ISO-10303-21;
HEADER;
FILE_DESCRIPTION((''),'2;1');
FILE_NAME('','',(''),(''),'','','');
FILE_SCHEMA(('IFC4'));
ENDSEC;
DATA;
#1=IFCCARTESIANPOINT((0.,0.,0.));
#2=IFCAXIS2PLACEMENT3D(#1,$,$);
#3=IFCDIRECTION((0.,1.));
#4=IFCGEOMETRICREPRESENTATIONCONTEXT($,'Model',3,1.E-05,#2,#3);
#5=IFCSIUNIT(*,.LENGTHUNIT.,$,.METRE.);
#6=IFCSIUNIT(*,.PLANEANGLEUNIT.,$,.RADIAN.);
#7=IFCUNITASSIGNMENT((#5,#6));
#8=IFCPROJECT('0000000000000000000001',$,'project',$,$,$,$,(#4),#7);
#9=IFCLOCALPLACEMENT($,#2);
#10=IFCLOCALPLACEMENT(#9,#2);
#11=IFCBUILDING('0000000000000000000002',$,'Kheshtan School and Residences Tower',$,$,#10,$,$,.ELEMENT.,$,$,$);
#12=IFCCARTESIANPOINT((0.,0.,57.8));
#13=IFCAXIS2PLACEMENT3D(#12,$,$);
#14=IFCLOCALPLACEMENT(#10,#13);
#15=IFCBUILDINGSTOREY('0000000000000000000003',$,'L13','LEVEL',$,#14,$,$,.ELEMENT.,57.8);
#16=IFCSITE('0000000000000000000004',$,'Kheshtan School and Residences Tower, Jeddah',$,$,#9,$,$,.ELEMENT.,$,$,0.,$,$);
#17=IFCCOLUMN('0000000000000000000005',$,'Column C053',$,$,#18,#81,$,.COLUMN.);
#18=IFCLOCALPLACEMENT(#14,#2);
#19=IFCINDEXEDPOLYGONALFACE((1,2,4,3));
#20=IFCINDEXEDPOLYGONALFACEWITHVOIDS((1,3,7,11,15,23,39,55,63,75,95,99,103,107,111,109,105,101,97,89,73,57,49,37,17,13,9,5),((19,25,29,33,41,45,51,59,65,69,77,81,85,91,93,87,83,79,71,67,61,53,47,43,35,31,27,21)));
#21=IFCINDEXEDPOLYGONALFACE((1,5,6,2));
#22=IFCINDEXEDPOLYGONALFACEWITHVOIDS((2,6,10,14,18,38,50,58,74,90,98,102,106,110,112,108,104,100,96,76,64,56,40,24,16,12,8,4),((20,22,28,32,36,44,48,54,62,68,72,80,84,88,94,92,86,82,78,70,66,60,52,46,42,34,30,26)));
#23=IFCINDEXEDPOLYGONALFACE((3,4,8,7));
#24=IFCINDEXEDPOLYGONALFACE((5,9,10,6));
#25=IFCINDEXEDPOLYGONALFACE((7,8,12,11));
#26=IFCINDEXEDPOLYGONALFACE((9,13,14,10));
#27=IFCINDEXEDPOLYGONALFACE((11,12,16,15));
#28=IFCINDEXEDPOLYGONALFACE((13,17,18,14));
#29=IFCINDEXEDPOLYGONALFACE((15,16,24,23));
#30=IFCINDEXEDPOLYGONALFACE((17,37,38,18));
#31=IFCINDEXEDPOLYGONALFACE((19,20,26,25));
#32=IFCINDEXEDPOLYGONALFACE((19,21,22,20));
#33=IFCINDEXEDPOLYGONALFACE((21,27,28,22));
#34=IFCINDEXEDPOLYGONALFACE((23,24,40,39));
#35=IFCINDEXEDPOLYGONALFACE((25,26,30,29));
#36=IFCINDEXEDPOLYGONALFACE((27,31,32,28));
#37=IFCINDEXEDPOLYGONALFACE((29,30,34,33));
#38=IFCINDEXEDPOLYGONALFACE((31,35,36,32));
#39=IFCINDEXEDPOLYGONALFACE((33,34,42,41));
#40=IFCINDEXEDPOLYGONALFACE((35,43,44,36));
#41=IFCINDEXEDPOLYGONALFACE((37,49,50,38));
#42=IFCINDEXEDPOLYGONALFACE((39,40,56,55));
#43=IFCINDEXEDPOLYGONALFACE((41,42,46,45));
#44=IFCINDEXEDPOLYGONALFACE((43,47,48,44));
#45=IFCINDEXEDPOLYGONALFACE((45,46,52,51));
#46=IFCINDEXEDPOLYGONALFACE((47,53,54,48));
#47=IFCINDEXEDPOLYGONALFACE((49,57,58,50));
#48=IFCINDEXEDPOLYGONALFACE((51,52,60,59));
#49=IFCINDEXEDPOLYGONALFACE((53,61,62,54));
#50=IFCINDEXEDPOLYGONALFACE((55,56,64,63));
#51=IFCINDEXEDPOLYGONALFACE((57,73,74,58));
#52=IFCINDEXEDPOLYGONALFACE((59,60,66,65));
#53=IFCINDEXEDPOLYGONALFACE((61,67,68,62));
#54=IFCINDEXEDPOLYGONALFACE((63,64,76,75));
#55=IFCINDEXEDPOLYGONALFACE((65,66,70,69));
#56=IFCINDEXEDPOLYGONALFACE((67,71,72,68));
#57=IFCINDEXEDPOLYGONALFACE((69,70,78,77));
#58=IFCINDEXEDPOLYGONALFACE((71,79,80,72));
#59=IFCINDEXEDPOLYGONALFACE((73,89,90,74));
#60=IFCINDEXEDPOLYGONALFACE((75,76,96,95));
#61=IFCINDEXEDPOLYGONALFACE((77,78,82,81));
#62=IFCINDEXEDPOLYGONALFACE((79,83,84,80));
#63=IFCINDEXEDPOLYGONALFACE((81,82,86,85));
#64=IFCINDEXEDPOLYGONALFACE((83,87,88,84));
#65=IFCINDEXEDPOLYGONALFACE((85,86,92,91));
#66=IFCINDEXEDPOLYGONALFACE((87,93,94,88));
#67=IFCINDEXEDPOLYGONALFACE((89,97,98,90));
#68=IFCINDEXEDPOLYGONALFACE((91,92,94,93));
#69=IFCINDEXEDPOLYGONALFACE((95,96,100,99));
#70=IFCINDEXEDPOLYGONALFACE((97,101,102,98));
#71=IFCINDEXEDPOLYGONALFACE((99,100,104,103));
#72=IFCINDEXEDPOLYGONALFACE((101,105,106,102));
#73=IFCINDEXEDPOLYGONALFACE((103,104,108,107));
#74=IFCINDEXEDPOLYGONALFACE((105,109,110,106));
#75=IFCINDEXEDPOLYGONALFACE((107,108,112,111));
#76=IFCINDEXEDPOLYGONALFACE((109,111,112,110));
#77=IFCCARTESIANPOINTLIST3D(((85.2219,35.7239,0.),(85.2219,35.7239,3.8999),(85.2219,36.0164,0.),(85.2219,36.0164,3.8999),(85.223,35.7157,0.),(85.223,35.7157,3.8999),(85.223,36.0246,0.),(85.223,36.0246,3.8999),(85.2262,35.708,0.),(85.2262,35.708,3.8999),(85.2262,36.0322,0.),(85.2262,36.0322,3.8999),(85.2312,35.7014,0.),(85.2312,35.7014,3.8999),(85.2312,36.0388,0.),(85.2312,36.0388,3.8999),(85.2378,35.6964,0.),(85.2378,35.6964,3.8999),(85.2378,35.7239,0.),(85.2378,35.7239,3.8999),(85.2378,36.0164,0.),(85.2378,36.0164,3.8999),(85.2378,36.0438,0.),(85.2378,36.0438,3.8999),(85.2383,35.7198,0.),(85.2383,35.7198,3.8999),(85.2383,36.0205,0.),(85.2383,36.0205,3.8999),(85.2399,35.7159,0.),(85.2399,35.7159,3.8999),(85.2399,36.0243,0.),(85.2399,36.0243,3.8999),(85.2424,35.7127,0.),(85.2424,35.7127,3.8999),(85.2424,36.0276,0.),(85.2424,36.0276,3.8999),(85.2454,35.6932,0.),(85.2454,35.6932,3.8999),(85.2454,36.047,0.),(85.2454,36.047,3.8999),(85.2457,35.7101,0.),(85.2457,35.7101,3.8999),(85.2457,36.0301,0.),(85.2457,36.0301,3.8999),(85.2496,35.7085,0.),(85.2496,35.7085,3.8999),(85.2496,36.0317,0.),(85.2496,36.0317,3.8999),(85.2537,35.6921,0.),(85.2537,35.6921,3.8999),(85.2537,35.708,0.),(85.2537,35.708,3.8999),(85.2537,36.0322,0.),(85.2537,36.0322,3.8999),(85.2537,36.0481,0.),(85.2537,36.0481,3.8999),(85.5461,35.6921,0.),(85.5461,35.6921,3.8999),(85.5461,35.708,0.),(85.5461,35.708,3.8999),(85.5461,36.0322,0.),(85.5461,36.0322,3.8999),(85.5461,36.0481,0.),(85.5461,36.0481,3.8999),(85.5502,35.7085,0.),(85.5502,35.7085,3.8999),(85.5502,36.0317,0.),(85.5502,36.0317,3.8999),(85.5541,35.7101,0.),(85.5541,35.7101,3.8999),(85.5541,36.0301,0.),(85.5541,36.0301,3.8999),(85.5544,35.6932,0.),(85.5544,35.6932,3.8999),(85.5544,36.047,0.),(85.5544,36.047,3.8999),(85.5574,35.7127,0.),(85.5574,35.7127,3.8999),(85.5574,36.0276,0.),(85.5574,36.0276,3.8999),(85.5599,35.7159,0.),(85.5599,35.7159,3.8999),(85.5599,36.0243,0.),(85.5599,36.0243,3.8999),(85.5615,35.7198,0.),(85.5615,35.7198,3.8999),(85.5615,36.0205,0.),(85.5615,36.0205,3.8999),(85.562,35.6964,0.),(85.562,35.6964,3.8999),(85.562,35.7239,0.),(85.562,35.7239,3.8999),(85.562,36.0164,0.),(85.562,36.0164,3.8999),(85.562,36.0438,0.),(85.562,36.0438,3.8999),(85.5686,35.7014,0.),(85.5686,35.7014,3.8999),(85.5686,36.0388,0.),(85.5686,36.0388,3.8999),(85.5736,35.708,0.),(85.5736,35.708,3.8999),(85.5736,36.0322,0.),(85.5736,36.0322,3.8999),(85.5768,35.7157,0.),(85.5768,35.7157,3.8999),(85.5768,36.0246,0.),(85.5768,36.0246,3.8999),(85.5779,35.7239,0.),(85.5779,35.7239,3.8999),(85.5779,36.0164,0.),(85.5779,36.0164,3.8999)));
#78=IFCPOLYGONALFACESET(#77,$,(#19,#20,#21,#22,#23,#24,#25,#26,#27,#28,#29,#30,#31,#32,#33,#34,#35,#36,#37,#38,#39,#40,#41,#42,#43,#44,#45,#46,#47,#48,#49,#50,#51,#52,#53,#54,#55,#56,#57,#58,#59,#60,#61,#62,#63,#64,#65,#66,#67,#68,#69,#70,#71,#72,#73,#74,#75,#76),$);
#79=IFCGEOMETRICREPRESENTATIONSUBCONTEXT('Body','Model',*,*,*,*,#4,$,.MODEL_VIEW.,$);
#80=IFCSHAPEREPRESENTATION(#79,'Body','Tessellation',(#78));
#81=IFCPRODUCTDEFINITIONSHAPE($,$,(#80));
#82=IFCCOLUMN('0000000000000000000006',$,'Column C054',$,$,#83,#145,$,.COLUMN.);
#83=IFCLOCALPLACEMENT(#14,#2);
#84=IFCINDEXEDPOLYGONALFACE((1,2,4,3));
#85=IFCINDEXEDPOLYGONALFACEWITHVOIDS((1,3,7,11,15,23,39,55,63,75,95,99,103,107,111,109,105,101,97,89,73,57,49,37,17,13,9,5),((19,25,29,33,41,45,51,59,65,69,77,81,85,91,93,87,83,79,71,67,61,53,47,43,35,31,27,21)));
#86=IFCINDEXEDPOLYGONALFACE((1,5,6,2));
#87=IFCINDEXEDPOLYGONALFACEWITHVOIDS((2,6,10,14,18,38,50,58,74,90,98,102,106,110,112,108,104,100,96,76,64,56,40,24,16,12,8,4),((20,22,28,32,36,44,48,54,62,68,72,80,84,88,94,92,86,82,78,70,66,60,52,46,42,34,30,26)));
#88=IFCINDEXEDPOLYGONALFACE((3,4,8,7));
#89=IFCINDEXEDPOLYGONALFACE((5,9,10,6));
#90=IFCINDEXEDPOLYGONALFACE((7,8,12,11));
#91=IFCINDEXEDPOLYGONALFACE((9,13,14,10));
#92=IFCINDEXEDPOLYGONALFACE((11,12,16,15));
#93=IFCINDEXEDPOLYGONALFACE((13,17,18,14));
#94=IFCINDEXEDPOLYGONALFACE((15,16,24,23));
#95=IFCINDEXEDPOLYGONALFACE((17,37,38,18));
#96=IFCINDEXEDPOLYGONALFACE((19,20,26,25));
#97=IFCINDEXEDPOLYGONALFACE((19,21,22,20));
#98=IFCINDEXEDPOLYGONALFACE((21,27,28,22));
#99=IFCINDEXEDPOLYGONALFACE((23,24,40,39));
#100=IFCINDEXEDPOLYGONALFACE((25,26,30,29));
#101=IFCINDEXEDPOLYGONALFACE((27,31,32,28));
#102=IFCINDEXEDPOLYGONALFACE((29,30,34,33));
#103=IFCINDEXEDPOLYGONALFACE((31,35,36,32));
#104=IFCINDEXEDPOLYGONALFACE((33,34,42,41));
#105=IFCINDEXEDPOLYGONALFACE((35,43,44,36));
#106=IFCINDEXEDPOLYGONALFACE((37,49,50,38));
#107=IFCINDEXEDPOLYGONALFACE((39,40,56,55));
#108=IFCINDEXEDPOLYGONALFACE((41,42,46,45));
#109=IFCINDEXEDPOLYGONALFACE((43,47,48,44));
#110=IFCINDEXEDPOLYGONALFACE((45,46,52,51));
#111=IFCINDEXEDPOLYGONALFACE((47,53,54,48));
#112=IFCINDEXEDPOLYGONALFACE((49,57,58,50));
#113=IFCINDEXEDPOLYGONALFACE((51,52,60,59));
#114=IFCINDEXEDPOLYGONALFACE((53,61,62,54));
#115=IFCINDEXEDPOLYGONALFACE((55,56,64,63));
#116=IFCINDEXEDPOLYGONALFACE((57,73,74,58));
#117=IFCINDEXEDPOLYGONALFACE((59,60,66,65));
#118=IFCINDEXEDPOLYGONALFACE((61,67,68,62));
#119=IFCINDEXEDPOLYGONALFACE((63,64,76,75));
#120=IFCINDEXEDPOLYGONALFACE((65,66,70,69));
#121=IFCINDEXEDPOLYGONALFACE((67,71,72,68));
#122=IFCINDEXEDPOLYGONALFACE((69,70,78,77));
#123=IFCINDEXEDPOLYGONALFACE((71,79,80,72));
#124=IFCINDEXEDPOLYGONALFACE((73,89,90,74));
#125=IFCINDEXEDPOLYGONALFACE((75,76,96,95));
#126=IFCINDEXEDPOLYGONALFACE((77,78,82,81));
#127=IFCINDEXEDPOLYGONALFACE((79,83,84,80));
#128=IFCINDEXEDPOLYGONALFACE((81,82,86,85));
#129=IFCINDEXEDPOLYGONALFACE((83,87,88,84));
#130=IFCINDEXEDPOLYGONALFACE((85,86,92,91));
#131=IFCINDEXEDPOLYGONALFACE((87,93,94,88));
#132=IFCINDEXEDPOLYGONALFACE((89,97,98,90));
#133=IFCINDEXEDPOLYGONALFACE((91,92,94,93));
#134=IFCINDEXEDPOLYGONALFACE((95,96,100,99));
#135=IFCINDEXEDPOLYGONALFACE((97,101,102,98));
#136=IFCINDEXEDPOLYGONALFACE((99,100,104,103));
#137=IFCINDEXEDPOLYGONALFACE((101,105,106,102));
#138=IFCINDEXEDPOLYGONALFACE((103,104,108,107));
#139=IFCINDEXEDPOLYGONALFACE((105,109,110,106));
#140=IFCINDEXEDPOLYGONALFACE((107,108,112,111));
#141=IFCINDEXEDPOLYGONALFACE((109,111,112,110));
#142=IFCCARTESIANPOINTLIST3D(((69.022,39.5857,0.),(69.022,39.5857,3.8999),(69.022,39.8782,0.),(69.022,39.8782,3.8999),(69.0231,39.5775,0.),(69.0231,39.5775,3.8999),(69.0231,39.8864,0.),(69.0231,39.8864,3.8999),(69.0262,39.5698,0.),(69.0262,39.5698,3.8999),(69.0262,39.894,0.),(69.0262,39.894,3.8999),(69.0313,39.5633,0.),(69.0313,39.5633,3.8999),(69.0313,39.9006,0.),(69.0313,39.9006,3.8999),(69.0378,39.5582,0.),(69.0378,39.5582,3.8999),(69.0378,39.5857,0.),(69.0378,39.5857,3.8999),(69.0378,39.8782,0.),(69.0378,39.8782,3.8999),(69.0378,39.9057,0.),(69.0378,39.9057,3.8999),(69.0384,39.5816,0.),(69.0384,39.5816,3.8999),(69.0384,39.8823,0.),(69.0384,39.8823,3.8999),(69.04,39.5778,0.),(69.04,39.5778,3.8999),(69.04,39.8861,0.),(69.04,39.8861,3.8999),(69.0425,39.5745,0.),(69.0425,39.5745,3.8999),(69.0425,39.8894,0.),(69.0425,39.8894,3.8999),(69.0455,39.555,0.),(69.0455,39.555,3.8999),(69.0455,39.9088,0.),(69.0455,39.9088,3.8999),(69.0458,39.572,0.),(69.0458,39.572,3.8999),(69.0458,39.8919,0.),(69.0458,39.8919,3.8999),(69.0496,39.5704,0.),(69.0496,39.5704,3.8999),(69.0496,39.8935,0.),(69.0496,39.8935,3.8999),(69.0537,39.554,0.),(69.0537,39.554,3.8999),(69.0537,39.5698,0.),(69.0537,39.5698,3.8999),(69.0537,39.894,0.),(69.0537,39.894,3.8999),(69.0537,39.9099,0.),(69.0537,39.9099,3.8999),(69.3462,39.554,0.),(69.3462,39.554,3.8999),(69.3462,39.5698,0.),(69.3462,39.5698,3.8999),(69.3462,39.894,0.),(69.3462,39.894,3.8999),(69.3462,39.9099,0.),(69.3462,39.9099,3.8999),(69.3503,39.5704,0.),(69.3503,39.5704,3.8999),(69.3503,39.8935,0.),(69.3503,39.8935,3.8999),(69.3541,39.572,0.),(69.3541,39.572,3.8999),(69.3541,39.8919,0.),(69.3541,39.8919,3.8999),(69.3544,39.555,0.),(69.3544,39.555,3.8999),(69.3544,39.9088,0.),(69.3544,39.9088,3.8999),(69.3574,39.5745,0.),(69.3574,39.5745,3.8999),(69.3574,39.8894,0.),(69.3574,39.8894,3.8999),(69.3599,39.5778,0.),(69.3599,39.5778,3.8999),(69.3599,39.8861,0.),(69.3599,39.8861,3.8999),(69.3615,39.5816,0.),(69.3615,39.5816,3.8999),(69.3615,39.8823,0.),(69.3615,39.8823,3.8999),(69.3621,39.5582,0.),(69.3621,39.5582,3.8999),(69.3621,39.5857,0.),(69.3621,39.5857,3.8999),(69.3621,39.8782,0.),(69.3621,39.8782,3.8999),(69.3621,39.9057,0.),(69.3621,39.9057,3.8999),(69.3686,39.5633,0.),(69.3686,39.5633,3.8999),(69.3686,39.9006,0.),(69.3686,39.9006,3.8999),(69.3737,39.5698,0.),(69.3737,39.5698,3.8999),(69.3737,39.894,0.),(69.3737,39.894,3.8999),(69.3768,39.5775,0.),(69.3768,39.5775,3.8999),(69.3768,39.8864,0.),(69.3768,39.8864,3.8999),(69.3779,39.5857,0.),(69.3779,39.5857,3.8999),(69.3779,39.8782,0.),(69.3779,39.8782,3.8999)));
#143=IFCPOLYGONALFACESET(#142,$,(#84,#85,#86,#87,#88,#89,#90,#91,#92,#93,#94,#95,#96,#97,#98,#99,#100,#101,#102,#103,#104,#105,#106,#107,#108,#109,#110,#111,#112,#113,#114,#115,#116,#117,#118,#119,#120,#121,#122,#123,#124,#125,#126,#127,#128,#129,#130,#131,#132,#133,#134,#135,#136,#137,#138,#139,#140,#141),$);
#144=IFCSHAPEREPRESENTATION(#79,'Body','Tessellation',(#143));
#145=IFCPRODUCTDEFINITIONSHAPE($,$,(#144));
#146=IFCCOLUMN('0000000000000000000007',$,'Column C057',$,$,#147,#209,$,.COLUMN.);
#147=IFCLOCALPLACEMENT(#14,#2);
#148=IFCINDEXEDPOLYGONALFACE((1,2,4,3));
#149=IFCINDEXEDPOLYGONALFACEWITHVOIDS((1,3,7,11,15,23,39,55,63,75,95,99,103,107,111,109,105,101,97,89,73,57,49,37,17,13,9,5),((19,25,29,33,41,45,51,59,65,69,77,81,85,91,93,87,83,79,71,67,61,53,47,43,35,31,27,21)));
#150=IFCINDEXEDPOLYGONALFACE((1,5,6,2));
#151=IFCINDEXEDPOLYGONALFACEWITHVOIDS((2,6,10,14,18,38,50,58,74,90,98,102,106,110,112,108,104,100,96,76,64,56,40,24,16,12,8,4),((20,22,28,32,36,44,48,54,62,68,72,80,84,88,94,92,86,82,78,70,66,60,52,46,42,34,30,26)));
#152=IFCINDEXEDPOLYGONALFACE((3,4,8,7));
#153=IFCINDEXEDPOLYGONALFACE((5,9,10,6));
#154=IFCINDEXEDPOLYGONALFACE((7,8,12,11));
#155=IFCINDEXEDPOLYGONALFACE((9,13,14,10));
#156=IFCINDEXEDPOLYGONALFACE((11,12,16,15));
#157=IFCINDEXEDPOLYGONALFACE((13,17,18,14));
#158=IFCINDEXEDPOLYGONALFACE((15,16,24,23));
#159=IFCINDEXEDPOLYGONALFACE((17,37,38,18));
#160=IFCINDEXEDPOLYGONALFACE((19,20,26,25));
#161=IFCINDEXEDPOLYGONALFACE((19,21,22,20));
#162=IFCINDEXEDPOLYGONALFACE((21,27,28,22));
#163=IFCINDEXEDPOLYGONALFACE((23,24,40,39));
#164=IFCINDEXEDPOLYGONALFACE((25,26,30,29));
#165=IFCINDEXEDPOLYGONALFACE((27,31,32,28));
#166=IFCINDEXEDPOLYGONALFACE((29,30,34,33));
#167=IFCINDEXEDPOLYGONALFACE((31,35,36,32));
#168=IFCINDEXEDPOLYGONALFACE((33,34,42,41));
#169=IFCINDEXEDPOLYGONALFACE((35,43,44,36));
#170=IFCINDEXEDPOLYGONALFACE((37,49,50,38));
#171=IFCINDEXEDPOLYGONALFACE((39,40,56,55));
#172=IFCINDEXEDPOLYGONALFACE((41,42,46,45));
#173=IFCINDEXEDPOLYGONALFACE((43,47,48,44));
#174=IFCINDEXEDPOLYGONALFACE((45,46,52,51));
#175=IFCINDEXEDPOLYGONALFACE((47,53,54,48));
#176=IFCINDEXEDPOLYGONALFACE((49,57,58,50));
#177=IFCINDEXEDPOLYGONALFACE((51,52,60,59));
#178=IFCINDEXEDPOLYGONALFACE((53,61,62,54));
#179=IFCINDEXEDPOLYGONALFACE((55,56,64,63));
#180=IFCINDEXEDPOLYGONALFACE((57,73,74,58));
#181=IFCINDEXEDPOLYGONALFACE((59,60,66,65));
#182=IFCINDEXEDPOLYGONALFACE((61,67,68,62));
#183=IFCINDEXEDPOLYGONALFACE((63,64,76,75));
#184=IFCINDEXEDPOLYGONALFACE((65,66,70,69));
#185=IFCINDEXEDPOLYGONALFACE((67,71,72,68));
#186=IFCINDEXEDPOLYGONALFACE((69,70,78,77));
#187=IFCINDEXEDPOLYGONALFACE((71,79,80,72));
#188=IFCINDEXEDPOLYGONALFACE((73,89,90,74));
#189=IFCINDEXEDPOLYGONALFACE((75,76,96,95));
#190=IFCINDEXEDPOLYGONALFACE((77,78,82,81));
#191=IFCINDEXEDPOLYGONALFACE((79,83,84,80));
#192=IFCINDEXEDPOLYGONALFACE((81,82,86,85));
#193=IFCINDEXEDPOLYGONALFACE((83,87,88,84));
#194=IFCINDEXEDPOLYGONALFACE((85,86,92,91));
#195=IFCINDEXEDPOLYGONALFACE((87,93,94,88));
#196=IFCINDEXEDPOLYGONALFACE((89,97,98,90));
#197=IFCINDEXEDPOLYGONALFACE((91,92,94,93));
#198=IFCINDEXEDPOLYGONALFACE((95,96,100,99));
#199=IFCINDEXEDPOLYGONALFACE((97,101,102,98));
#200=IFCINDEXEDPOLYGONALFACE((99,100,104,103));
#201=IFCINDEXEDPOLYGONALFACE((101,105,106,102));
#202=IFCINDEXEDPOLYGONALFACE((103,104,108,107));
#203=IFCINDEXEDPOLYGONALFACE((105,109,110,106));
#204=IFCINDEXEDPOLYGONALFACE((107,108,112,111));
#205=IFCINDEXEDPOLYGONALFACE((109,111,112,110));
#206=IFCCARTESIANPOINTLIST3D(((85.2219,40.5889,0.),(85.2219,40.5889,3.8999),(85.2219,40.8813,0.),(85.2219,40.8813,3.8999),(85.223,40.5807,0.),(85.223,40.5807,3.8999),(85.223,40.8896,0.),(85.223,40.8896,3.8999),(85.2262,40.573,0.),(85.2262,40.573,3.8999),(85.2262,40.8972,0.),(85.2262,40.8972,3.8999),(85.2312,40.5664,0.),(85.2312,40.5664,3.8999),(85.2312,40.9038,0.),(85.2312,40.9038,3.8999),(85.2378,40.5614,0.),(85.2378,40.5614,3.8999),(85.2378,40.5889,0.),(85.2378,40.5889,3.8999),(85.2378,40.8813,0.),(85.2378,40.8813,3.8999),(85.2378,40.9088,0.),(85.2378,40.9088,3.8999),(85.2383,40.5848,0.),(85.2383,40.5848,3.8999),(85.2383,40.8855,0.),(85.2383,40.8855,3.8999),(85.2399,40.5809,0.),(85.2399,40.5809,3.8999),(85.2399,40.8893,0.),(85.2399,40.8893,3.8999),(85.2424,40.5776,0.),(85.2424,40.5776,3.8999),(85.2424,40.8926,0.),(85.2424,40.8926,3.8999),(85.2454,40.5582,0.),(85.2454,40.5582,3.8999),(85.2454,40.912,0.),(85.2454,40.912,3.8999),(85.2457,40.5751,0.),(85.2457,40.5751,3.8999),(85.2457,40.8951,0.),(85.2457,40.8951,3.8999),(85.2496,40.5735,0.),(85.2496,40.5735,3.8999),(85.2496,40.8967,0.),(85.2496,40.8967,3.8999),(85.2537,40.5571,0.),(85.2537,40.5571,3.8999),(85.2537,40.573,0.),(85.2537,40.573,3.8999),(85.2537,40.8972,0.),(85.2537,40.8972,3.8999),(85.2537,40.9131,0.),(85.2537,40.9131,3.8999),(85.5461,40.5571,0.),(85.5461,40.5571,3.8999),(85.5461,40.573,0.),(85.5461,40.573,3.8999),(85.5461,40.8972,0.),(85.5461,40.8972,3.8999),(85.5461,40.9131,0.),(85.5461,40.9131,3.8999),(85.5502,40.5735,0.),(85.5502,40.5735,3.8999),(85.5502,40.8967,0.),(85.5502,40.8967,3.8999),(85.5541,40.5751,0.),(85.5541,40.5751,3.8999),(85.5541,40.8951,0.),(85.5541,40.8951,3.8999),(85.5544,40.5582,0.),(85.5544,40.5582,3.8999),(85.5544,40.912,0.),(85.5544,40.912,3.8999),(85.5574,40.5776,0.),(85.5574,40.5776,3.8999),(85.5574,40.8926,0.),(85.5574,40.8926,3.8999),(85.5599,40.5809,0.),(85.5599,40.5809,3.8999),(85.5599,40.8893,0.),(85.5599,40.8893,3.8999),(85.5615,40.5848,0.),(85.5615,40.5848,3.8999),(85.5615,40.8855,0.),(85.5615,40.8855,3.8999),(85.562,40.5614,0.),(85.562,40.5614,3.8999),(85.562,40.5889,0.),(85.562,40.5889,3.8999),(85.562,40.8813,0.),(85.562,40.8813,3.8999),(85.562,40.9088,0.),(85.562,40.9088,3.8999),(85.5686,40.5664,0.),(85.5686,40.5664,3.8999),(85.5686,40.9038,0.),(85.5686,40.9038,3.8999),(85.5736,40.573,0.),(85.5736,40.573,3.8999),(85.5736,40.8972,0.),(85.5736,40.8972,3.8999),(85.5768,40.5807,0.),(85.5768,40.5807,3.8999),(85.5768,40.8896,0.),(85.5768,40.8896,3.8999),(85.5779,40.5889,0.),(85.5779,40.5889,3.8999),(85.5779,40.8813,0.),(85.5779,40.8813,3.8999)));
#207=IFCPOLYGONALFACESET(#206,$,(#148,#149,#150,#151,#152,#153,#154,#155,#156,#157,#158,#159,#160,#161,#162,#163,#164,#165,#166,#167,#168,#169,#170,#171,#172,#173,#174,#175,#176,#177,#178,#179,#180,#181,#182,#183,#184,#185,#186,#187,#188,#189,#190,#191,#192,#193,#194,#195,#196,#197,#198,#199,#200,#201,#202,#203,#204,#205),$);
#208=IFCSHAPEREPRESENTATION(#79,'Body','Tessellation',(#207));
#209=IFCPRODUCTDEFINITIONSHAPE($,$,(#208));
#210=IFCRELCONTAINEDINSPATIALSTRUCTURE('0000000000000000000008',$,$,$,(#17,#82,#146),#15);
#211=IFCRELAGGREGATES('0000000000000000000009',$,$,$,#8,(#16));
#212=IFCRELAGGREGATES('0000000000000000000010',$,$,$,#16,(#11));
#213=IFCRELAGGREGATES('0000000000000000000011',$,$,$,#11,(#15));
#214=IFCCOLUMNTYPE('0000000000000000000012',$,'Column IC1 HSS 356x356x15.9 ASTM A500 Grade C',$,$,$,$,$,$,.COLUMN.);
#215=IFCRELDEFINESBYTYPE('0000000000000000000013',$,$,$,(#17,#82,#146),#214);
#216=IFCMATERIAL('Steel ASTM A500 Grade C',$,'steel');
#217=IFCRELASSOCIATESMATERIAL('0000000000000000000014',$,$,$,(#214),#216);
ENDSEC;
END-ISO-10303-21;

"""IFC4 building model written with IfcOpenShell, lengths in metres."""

from ifc_helpers import new_model, si_unit, direction, frame, origin, origin_2d, place, context, subcontext, project, spatial, hollow_rectangle, extrude, material, material_profile, profile_set, type_object, element, save


model = new_model("IFC4")

# Units and contexts
model_context = context("Model", 3, precision=1e-05, world=origin(), true_north=direction((0.0, 1.0)))
body_context = subcontext(model_context, "Body", "Model", "MODEL_VIEW")
ifc_project = project(units=[si_unit("LENGTHUNIT", "METRE"), si_unit("PLANEANGLEUNIT", "RADIAN")], contexts=[model_context])

# Site, building, storey
site_placement = place(None, origin())
site = spatial("IfcSite", under=ifc_project, at=site_placement, Name="Kheshtan School and Residences Tower, Jeddah", CompositionType="ELEMENT", RefElevation=0.0)
building_placement = place(site_placement, origin())
building = spatial("IfcBuilding", under=site, at=building_placement, Name="Kheshtan School and Residences Tower", CompositionType="ELEMENT")
storey_placement = place(building_placement, frame((0.0, 0.0, 57.8)))
storey = spatial("IfcBuildingStorey", under=building, at=storey_placement, Name="L13", Description="LEVEL", CompositionType="ELEMENT", Elevation=57.8)

# Columns
ifc_material_1 = material(Name="Steel ASTM A500 Grade C", Category="steel")
ifc_material_profile_1 = material_profile(ifc_material_1, hollow_rectangle(XDim=0.356, YDim=0.356, WallThickness=0.0159, InnerFilletRadius=0.0159, OuterFilletRadius=0.0317, at=origin_2d()), Name="HSS 356x356x15.9")
ifc_profile_set_1 = profile_set([ifc_material_profile_1], Name="Steel ASTM A500 Grade C")
column_type = type_object("IfcColumnType", Name="Column IC1 HSS 356x356x15.9 ASTM A500 Grade C", PredefinedType="COLUMN", material=ifc_profile_set_1)
for number, where, z_axis, x_axis, name in (
    (1, (85.3999, 35.8701, 0.0), (0.0, 0.0, 1.0), (1.0, 0.0, 0.0), "Column C053"),
    (2, (69.2, 39.7319, 0.0), (0.0, 0.0, 1.0), (1.0, 0.0, 0.0), "Column C054"),
    (3, (85.3999, 40.7351, 0.0), (0.0, 0.0, 1.0), (1.0, 0.0, 0.0), "Column C057"),
):
    element("IfcColumn", number, at=place(storey_placement, frame(where, z_axis=z_axis, x_axis=x_axis)), inside=storey, type_object=column_type, Name=name, PredefinedType="COLUMN", context=body_context, shape_type="SweptSolid", body=[
        extrude(hollow_rectangle(XDim=0.356, YDim=0.356, WallThickness=0.0159, InnerFilletRadius=0.0159, OuterFilletRadius=0.0317, at=origin_2d()), origin(), (0.0, 0.0, 1.0), 3.8999),
    ])

save(model, "model.ifc")
